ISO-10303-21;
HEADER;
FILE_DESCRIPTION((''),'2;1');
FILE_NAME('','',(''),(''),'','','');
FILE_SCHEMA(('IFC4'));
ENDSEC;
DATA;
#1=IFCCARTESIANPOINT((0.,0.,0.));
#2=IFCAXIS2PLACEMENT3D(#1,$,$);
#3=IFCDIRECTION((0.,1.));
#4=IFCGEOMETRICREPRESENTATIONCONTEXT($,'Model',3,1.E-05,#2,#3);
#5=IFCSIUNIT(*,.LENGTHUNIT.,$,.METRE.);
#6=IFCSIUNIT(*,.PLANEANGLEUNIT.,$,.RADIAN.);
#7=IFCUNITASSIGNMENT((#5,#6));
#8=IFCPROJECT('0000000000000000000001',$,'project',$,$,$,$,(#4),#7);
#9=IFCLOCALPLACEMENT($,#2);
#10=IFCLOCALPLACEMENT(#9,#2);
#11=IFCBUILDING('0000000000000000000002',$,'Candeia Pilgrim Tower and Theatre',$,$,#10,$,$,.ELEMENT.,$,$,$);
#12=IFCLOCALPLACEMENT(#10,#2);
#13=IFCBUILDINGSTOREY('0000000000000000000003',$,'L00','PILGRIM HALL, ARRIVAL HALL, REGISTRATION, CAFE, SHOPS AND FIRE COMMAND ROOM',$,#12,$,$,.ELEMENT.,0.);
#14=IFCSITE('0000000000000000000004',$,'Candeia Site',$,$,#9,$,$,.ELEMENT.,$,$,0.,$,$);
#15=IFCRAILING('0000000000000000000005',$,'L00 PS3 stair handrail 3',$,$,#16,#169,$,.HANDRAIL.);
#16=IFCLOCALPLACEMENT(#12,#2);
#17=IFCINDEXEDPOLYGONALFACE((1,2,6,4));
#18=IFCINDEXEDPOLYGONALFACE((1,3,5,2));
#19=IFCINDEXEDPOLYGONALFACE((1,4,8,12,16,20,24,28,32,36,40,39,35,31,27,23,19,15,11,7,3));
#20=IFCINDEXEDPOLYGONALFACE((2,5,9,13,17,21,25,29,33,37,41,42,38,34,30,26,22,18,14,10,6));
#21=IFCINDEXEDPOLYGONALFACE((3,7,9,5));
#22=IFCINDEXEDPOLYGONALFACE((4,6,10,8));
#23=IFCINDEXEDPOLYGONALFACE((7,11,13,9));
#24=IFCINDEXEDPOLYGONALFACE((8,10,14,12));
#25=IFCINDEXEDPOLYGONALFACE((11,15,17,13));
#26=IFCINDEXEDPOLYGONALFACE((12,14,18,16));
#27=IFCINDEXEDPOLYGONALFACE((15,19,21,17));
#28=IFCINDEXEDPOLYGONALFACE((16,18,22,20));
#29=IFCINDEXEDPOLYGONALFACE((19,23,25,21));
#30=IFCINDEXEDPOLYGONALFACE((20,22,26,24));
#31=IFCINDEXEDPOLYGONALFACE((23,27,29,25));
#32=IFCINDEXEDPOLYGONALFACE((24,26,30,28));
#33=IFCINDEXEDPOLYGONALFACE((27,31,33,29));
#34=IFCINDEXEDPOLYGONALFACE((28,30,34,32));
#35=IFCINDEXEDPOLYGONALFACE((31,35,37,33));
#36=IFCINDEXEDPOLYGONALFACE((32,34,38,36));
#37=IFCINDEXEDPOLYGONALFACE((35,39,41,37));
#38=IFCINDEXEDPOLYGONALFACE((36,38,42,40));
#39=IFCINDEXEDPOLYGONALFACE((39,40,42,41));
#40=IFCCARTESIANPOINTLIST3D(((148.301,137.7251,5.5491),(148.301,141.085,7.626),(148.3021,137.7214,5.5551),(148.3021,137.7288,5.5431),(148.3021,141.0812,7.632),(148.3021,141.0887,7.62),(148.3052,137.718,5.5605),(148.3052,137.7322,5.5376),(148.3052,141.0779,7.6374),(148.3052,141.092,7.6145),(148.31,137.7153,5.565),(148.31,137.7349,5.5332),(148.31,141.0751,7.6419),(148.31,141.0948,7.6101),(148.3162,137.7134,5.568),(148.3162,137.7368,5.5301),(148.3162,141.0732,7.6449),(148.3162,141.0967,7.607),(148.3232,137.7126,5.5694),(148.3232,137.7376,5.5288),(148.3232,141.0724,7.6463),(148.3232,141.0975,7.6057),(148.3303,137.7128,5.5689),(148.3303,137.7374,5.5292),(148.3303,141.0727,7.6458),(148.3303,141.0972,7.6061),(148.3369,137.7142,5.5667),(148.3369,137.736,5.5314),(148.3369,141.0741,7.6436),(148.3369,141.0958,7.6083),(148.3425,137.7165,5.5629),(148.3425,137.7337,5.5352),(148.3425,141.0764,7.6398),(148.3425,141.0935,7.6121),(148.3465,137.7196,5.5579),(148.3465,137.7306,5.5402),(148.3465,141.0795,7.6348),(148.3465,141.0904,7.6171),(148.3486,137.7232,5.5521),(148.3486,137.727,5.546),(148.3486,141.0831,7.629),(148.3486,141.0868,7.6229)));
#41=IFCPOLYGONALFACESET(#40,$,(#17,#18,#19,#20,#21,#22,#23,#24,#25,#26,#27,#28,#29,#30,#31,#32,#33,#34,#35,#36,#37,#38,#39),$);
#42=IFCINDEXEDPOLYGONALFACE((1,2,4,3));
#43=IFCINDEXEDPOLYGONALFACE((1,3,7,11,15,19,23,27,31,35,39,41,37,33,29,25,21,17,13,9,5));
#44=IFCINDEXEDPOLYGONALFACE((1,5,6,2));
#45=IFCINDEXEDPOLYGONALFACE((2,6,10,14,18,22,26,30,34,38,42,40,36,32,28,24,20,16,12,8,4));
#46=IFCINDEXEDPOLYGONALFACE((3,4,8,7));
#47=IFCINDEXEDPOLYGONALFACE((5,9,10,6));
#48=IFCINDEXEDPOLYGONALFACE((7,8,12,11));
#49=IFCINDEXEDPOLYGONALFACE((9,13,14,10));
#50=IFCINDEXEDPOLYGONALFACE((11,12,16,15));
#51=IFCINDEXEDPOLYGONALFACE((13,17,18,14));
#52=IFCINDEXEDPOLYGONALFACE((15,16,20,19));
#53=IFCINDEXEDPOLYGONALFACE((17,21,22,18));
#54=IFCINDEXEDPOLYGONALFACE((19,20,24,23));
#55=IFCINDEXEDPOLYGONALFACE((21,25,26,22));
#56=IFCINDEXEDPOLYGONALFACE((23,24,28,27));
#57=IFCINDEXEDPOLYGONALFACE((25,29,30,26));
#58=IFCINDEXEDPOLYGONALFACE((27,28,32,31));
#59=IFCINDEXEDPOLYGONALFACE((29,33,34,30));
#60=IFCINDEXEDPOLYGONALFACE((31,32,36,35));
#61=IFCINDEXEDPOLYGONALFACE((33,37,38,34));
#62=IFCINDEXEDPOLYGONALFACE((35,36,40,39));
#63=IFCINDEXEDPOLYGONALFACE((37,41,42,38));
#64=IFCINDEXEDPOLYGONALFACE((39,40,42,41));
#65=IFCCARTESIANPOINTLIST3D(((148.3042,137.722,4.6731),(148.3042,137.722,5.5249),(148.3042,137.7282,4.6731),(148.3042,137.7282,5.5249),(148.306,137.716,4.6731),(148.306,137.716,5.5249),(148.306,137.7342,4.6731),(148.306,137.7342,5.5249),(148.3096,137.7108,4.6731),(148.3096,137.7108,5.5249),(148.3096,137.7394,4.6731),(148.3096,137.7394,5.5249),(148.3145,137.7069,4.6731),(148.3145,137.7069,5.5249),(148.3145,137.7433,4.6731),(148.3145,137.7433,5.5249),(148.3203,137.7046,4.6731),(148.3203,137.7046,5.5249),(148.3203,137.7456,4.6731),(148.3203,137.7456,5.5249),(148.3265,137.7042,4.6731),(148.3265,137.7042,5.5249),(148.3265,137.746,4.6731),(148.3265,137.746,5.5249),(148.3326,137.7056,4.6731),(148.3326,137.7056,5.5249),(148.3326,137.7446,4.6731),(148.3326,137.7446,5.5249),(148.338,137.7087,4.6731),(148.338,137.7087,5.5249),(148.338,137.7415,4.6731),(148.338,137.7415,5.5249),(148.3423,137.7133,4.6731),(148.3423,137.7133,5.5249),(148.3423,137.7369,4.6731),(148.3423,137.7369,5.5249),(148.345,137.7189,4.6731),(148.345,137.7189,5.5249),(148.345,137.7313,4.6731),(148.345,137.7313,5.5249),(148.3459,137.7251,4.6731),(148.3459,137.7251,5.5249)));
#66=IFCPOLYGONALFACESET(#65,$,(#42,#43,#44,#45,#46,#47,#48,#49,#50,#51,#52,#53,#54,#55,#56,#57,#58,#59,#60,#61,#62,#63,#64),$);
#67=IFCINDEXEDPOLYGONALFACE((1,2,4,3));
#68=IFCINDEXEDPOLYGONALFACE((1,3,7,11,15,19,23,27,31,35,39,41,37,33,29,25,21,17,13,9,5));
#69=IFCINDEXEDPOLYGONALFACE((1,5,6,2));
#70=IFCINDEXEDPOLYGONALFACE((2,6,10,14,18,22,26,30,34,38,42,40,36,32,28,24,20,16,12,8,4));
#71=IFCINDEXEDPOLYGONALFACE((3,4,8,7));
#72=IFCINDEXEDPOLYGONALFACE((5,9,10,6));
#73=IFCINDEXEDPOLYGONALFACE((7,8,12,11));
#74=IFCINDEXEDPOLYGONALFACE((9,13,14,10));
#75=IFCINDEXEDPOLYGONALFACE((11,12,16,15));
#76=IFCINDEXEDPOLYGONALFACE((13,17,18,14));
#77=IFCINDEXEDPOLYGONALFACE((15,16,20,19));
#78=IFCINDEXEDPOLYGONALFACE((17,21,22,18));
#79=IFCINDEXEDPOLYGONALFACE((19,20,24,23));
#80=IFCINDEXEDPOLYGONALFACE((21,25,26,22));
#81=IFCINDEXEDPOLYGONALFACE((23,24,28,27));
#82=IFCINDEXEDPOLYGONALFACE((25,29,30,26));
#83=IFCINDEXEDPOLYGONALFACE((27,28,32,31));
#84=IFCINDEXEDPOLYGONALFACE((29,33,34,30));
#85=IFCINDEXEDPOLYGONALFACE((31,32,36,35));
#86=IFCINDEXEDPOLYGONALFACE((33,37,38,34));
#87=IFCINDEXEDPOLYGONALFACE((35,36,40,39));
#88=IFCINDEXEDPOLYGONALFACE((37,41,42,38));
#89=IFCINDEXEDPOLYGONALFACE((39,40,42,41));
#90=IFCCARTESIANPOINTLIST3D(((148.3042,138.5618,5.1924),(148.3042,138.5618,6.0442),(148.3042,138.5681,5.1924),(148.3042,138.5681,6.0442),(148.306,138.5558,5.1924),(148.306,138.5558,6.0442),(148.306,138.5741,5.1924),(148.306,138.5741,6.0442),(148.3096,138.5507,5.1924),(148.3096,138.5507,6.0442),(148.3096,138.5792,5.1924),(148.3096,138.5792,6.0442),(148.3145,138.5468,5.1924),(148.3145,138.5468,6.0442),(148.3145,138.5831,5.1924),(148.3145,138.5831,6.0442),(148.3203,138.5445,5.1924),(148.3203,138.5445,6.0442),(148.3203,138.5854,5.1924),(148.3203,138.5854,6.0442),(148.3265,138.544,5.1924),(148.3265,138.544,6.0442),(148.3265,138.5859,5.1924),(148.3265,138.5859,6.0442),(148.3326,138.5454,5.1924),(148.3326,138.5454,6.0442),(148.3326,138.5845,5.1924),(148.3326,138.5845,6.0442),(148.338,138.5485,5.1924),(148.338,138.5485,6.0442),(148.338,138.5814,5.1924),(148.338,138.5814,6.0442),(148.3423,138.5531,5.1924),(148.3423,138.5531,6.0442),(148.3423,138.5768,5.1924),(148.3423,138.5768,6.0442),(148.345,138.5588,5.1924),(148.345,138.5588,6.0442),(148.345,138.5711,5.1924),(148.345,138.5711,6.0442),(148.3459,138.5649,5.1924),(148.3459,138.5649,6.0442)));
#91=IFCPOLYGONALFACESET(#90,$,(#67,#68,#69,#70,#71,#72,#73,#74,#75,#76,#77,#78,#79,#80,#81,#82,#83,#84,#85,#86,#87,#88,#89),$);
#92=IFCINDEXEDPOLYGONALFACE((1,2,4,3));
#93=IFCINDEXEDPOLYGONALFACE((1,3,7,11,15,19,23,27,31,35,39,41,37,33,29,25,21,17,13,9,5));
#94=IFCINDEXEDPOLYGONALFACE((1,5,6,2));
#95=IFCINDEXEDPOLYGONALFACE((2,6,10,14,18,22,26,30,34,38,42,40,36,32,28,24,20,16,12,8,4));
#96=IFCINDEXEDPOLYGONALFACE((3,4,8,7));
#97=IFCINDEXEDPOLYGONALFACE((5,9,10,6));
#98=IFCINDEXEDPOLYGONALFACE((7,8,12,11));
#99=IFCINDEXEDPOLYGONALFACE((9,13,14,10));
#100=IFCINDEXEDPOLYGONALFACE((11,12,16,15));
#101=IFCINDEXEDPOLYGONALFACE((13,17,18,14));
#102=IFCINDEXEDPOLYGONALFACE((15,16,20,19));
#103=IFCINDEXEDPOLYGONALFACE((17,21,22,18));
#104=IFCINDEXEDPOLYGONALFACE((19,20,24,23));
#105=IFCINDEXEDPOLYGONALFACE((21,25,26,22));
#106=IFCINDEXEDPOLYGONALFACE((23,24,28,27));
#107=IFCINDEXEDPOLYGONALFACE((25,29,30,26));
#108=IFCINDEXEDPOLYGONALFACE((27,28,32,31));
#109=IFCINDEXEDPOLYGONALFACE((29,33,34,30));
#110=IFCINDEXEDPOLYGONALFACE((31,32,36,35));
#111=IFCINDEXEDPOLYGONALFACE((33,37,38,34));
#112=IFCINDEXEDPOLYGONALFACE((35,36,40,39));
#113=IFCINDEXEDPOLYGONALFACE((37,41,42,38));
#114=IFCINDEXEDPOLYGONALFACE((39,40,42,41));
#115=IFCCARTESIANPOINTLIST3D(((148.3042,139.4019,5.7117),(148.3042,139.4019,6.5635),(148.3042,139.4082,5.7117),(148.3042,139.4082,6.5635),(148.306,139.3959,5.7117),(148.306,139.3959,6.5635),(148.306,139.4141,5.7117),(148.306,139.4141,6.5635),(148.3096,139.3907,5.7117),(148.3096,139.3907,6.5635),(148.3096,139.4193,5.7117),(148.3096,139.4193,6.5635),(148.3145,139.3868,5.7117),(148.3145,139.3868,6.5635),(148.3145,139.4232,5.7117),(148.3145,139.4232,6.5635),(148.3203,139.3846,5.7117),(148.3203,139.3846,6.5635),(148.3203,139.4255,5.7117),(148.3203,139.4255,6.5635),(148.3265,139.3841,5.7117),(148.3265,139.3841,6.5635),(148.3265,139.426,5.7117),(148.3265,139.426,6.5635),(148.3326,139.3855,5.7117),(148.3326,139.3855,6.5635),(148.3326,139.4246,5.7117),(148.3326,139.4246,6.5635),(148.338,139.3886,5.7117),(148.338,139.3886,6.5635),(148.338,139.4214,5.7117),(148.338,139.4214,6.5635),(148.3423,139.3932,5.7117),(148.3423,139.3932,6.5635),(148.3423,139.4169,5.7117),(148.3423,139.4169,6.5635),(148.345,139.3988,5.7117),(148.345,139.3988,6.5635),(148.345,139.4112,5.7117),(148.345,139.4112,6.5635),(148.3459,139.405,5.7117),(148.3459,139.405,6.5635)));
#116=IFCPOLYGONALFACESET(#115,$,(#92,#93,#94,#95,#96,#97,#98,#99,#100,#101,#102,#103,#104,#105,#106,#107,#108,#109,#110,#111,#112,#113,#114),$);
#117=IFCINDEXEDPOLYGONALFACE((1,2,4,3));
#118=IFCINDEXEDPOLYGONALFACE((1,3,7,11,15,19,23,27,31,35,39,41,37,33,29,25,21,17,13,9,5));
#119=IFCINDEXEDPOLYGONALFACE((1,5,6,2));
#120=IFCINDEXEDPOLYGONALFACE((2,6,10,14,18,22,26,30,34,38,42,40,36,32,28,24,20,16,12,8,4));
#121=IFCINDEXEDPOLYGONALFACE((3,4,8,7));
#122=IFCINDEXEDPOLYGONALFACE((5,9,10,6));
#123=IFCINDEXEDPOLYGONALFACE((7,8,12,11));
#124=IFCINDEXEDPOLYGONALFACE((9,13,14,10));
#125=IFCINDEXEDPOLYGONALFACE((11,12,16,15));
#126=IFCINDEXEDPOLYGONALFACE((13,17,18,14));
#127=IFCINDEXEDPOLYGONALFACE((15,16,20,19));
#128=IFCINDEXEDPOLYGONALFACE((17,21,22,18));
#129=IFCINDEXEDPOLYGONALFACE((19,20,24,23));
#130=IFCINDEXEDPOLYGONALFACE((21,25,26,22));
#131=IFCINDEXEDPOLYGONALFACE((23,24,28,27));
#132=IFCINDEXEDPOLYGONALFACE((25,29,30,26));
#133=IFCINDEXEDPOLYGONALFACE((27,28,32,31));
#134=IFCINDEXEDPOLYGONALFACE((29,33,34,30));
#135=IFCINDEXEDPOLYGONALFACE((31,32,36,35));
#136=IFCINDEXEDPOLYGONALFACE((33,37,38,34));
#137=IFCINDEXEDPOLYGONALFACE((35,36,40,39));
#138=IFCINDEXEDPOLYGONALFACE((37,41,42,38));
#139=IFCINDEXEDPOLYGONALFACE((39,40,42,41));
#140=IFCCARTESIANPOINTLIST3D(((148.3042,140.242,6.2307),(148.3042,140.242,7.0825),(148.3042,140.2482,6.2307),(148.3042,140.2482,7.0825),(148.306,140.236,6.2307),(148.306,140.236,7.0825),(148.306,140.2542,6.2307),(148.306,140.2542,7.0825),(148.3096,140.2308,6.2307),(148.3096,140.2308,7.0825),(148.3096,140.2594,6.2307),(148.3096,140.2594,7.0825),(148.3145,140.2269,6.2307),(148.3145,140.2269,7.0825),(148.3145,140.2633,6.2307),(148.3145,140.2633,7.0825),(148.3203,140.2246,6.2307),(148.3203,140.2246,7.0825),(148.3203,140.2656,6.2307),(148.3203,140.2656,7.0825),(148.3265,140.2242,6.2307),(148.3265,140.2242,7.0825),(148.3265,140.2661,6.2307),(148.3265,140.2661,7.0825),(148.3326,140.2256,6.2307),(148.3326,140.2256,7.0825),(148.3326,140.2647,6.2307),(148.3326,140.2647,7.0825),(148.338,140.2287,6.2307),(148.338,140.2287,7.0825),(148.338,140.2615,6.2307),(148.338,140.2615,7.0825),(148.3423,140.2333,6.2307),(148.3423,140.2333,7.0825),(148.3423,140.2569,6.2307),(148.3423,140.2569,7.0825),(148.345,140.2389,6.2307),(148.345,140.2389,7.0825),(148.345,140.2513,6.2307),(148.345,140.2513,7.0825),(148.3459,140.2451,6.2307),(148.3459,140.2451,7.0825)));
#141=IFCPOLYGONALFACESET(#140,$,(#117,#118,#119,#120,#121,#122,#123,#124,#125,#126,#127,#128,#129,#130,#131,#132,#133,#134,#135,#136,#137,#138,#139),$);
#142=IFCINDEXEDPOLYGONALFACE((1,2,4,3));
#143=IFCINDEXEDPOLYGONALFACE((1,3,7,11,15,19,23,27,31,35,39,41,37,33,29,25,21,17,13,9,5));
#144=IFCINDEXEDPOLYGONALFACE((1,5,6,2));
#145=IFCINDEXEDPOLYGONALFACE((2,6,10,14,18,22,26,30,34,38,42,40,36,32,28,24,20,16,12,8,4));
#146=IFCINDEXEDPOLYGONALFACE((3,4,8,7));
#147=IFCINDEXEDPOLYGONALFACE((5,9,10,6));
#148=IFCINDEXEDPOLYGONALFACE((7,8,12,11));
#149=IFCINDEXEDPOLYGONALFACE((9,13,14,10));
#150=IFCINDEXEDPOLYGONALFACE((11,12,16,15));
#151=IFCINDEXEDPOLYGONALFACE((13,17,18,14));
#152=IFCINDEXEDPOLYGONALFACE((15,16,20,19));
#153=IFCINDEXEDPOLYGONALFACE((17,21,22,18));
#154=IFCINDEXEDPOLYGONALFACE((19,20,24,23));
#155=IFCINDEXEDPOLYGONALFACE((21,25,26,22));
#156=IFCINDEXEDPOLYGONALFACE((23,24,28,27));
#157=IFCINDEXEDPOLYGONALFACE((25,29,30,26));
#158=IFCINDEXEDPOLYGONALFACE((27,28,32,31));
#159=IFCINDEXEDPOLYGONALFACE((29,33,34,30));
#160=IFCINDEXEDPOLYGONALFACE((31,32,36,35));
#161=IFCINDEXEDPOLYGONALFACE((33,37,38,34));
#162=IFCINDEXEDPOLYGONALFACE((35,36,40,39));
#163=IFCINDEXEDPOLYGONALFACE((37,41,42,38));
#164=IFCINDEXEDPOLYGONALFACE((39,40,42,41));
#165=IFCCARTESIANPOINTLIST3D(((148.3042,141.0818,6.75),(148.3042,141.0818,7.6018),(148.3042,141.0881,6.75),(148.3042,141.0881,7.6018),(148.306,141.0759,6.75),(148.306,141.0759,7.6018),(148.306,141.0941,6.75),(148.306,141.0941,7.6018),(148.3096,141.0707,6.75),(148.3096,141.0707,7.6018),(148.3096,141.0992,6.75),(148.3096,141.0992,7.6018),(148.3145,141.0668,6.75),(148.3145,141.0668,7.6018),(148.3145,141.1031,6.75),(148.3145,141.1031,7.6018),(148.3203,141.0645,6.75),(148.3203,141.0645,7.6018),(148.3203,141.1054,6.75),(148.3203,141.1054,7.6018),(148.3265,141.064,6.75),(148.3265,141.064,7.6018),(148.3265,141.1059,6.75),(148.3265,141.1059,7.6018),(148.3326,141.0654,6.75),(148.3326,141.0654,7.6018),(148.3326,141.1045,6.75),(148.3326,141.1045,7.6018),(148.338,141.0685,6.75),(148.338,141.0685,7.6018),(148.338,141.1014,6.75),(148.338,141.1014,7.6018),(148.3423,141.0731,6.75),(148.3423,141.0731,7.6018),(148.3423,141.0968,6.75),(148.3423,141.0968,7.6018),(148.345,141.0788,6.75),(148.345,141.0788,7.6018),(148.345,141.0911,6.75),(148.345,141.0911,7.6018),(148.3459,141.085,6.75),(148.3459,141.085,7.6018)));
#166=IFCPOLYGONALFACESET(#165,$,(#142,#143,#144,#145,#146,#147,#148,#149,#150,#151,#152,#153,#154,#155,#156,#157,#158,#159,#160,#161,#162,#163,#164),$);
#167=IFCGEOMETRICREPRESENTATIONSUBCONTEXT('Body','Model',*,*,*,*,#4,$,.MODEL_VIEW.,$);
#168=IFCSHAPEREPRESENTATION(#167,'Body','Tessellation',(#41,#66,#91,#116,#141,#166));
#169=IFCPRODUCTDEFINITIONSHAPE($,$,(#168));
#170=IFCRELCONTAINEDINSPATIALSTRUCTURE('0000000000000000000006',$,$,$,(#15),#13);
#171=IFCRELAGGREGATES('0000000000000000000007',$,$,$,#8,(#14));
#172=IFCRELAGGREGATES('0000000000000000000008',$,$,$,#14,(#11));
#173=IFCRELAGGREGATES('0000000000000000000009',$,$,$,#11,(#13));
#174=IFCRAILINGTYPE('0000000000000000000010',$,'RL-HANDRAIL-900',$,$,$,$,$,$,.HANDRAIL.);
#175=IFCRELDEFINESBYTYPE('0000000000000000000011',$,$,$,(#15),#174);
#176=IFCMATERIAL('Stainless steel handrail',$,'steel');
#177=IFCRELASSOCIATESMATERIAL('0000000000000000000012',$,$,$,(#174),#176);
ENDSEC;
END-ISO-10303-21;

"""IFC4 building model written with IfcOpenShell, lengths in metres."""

from ifc_helpers import new_model, si_unit, direction, frame, origin, origin_2d, place, context, subcontext, project, spatial, circle, extrude, material, type_object, element, save


model = new_model("IFC4")

# Units and contexts
model_context = context("Model", 3, precision=1e-05, world=origin(), true_north=direction((0.0, 1.0)))
body_context = subcontext(model_context, "Body", "Model", "MODEL_VIEW")
ifc_project = project(units=[si_unit("LENGTHUNIT", "METRE"), si_unit("PLANEANGLEUNIT", "RADIAN")], contexts=[model_context])

# Site, building, storey
site_placement = place(None, origin())
site = spatial("IfcSite", under=ifc_project, at=site_placement, Name="Candeia Site", CompositionType="ELEMENT", RefElevation=0.0)
building_placement = place(site_placement, origin())
building = spatial("IfcBuilding", under=site, at=building_placement, Name="Candeia Pilgrim Tower and Theatre", CompositionType="ELEMENT")
storey_placement = place(building_placement, origin())
storey = spatial("IfcBuildingStorey", under=building, at=storey_placement, Name="L00", Description="PILGRIM HALL, ARRIVAL HALL, REGISTRATION, CAFE, SHOPS AND FIRE COMMAND ROOM", CompositionType="ELEMENT", Elevation=0.0)

# Railing
ifc_material_1 = material(Name="Stainless steel handrail", Category="steel")
railing_type_1 = type_object("IfcRailingType", Name="RL-HANDRAIL-900", PredefinedType="HANDRAIL", material=ifc_material_1)
for number, where, name in (
    (1, (148.325, 137.7251, 4.6731), "L00 PS3 stair handrail 3"),
):
    element("IfcRailing", number, at=place(storey_placement, frame(where)), inside=storey, type_object=railing_type_1, Name=name, PredefinedType="HANDRAIL", context=body_context, shape_type="SweptSolid", body=[
        extrude(circle(Radius=0.0239, at=origin_2d()), frame((0.0, 0.0, 0.876), z_axis=(0.0, 0.850606, 0.525803), x_axis=(-1.0, 0.0, 0.0)), (0.0, 0.0, 1.0), 3.95),
        extrude(circle(Radius=0.021, at=origin_2d()), origin(), (0.0, 0.0, 1.0), 0.8518),
        extrude(circle(Radius=0.021, at=origin_2d()), frame((0.0, 0.8398, 0.5193)), (0.0, 0.0, 1.0), 0.8518),
        extrude(circle(Radius=0.021, at=origin_2d()), frame((0.0, 1.6799, 1.0386)), (0.0, 0.0, 1.0), 0.8518),
        extrude(circle(Radius=0.021, at=origin_2d()), frame((0.0, 2.52, 1.5576)), (0.0, 0.0, 1.0), 0.8518),
        extrude(circle(Radius=0.021, at=origin_2d()), frame((0.0, 3.3599, 2.0769)), (0.0, 0.0, 1.0), 0.8518),
    ])

save(model, "model.ifc")
